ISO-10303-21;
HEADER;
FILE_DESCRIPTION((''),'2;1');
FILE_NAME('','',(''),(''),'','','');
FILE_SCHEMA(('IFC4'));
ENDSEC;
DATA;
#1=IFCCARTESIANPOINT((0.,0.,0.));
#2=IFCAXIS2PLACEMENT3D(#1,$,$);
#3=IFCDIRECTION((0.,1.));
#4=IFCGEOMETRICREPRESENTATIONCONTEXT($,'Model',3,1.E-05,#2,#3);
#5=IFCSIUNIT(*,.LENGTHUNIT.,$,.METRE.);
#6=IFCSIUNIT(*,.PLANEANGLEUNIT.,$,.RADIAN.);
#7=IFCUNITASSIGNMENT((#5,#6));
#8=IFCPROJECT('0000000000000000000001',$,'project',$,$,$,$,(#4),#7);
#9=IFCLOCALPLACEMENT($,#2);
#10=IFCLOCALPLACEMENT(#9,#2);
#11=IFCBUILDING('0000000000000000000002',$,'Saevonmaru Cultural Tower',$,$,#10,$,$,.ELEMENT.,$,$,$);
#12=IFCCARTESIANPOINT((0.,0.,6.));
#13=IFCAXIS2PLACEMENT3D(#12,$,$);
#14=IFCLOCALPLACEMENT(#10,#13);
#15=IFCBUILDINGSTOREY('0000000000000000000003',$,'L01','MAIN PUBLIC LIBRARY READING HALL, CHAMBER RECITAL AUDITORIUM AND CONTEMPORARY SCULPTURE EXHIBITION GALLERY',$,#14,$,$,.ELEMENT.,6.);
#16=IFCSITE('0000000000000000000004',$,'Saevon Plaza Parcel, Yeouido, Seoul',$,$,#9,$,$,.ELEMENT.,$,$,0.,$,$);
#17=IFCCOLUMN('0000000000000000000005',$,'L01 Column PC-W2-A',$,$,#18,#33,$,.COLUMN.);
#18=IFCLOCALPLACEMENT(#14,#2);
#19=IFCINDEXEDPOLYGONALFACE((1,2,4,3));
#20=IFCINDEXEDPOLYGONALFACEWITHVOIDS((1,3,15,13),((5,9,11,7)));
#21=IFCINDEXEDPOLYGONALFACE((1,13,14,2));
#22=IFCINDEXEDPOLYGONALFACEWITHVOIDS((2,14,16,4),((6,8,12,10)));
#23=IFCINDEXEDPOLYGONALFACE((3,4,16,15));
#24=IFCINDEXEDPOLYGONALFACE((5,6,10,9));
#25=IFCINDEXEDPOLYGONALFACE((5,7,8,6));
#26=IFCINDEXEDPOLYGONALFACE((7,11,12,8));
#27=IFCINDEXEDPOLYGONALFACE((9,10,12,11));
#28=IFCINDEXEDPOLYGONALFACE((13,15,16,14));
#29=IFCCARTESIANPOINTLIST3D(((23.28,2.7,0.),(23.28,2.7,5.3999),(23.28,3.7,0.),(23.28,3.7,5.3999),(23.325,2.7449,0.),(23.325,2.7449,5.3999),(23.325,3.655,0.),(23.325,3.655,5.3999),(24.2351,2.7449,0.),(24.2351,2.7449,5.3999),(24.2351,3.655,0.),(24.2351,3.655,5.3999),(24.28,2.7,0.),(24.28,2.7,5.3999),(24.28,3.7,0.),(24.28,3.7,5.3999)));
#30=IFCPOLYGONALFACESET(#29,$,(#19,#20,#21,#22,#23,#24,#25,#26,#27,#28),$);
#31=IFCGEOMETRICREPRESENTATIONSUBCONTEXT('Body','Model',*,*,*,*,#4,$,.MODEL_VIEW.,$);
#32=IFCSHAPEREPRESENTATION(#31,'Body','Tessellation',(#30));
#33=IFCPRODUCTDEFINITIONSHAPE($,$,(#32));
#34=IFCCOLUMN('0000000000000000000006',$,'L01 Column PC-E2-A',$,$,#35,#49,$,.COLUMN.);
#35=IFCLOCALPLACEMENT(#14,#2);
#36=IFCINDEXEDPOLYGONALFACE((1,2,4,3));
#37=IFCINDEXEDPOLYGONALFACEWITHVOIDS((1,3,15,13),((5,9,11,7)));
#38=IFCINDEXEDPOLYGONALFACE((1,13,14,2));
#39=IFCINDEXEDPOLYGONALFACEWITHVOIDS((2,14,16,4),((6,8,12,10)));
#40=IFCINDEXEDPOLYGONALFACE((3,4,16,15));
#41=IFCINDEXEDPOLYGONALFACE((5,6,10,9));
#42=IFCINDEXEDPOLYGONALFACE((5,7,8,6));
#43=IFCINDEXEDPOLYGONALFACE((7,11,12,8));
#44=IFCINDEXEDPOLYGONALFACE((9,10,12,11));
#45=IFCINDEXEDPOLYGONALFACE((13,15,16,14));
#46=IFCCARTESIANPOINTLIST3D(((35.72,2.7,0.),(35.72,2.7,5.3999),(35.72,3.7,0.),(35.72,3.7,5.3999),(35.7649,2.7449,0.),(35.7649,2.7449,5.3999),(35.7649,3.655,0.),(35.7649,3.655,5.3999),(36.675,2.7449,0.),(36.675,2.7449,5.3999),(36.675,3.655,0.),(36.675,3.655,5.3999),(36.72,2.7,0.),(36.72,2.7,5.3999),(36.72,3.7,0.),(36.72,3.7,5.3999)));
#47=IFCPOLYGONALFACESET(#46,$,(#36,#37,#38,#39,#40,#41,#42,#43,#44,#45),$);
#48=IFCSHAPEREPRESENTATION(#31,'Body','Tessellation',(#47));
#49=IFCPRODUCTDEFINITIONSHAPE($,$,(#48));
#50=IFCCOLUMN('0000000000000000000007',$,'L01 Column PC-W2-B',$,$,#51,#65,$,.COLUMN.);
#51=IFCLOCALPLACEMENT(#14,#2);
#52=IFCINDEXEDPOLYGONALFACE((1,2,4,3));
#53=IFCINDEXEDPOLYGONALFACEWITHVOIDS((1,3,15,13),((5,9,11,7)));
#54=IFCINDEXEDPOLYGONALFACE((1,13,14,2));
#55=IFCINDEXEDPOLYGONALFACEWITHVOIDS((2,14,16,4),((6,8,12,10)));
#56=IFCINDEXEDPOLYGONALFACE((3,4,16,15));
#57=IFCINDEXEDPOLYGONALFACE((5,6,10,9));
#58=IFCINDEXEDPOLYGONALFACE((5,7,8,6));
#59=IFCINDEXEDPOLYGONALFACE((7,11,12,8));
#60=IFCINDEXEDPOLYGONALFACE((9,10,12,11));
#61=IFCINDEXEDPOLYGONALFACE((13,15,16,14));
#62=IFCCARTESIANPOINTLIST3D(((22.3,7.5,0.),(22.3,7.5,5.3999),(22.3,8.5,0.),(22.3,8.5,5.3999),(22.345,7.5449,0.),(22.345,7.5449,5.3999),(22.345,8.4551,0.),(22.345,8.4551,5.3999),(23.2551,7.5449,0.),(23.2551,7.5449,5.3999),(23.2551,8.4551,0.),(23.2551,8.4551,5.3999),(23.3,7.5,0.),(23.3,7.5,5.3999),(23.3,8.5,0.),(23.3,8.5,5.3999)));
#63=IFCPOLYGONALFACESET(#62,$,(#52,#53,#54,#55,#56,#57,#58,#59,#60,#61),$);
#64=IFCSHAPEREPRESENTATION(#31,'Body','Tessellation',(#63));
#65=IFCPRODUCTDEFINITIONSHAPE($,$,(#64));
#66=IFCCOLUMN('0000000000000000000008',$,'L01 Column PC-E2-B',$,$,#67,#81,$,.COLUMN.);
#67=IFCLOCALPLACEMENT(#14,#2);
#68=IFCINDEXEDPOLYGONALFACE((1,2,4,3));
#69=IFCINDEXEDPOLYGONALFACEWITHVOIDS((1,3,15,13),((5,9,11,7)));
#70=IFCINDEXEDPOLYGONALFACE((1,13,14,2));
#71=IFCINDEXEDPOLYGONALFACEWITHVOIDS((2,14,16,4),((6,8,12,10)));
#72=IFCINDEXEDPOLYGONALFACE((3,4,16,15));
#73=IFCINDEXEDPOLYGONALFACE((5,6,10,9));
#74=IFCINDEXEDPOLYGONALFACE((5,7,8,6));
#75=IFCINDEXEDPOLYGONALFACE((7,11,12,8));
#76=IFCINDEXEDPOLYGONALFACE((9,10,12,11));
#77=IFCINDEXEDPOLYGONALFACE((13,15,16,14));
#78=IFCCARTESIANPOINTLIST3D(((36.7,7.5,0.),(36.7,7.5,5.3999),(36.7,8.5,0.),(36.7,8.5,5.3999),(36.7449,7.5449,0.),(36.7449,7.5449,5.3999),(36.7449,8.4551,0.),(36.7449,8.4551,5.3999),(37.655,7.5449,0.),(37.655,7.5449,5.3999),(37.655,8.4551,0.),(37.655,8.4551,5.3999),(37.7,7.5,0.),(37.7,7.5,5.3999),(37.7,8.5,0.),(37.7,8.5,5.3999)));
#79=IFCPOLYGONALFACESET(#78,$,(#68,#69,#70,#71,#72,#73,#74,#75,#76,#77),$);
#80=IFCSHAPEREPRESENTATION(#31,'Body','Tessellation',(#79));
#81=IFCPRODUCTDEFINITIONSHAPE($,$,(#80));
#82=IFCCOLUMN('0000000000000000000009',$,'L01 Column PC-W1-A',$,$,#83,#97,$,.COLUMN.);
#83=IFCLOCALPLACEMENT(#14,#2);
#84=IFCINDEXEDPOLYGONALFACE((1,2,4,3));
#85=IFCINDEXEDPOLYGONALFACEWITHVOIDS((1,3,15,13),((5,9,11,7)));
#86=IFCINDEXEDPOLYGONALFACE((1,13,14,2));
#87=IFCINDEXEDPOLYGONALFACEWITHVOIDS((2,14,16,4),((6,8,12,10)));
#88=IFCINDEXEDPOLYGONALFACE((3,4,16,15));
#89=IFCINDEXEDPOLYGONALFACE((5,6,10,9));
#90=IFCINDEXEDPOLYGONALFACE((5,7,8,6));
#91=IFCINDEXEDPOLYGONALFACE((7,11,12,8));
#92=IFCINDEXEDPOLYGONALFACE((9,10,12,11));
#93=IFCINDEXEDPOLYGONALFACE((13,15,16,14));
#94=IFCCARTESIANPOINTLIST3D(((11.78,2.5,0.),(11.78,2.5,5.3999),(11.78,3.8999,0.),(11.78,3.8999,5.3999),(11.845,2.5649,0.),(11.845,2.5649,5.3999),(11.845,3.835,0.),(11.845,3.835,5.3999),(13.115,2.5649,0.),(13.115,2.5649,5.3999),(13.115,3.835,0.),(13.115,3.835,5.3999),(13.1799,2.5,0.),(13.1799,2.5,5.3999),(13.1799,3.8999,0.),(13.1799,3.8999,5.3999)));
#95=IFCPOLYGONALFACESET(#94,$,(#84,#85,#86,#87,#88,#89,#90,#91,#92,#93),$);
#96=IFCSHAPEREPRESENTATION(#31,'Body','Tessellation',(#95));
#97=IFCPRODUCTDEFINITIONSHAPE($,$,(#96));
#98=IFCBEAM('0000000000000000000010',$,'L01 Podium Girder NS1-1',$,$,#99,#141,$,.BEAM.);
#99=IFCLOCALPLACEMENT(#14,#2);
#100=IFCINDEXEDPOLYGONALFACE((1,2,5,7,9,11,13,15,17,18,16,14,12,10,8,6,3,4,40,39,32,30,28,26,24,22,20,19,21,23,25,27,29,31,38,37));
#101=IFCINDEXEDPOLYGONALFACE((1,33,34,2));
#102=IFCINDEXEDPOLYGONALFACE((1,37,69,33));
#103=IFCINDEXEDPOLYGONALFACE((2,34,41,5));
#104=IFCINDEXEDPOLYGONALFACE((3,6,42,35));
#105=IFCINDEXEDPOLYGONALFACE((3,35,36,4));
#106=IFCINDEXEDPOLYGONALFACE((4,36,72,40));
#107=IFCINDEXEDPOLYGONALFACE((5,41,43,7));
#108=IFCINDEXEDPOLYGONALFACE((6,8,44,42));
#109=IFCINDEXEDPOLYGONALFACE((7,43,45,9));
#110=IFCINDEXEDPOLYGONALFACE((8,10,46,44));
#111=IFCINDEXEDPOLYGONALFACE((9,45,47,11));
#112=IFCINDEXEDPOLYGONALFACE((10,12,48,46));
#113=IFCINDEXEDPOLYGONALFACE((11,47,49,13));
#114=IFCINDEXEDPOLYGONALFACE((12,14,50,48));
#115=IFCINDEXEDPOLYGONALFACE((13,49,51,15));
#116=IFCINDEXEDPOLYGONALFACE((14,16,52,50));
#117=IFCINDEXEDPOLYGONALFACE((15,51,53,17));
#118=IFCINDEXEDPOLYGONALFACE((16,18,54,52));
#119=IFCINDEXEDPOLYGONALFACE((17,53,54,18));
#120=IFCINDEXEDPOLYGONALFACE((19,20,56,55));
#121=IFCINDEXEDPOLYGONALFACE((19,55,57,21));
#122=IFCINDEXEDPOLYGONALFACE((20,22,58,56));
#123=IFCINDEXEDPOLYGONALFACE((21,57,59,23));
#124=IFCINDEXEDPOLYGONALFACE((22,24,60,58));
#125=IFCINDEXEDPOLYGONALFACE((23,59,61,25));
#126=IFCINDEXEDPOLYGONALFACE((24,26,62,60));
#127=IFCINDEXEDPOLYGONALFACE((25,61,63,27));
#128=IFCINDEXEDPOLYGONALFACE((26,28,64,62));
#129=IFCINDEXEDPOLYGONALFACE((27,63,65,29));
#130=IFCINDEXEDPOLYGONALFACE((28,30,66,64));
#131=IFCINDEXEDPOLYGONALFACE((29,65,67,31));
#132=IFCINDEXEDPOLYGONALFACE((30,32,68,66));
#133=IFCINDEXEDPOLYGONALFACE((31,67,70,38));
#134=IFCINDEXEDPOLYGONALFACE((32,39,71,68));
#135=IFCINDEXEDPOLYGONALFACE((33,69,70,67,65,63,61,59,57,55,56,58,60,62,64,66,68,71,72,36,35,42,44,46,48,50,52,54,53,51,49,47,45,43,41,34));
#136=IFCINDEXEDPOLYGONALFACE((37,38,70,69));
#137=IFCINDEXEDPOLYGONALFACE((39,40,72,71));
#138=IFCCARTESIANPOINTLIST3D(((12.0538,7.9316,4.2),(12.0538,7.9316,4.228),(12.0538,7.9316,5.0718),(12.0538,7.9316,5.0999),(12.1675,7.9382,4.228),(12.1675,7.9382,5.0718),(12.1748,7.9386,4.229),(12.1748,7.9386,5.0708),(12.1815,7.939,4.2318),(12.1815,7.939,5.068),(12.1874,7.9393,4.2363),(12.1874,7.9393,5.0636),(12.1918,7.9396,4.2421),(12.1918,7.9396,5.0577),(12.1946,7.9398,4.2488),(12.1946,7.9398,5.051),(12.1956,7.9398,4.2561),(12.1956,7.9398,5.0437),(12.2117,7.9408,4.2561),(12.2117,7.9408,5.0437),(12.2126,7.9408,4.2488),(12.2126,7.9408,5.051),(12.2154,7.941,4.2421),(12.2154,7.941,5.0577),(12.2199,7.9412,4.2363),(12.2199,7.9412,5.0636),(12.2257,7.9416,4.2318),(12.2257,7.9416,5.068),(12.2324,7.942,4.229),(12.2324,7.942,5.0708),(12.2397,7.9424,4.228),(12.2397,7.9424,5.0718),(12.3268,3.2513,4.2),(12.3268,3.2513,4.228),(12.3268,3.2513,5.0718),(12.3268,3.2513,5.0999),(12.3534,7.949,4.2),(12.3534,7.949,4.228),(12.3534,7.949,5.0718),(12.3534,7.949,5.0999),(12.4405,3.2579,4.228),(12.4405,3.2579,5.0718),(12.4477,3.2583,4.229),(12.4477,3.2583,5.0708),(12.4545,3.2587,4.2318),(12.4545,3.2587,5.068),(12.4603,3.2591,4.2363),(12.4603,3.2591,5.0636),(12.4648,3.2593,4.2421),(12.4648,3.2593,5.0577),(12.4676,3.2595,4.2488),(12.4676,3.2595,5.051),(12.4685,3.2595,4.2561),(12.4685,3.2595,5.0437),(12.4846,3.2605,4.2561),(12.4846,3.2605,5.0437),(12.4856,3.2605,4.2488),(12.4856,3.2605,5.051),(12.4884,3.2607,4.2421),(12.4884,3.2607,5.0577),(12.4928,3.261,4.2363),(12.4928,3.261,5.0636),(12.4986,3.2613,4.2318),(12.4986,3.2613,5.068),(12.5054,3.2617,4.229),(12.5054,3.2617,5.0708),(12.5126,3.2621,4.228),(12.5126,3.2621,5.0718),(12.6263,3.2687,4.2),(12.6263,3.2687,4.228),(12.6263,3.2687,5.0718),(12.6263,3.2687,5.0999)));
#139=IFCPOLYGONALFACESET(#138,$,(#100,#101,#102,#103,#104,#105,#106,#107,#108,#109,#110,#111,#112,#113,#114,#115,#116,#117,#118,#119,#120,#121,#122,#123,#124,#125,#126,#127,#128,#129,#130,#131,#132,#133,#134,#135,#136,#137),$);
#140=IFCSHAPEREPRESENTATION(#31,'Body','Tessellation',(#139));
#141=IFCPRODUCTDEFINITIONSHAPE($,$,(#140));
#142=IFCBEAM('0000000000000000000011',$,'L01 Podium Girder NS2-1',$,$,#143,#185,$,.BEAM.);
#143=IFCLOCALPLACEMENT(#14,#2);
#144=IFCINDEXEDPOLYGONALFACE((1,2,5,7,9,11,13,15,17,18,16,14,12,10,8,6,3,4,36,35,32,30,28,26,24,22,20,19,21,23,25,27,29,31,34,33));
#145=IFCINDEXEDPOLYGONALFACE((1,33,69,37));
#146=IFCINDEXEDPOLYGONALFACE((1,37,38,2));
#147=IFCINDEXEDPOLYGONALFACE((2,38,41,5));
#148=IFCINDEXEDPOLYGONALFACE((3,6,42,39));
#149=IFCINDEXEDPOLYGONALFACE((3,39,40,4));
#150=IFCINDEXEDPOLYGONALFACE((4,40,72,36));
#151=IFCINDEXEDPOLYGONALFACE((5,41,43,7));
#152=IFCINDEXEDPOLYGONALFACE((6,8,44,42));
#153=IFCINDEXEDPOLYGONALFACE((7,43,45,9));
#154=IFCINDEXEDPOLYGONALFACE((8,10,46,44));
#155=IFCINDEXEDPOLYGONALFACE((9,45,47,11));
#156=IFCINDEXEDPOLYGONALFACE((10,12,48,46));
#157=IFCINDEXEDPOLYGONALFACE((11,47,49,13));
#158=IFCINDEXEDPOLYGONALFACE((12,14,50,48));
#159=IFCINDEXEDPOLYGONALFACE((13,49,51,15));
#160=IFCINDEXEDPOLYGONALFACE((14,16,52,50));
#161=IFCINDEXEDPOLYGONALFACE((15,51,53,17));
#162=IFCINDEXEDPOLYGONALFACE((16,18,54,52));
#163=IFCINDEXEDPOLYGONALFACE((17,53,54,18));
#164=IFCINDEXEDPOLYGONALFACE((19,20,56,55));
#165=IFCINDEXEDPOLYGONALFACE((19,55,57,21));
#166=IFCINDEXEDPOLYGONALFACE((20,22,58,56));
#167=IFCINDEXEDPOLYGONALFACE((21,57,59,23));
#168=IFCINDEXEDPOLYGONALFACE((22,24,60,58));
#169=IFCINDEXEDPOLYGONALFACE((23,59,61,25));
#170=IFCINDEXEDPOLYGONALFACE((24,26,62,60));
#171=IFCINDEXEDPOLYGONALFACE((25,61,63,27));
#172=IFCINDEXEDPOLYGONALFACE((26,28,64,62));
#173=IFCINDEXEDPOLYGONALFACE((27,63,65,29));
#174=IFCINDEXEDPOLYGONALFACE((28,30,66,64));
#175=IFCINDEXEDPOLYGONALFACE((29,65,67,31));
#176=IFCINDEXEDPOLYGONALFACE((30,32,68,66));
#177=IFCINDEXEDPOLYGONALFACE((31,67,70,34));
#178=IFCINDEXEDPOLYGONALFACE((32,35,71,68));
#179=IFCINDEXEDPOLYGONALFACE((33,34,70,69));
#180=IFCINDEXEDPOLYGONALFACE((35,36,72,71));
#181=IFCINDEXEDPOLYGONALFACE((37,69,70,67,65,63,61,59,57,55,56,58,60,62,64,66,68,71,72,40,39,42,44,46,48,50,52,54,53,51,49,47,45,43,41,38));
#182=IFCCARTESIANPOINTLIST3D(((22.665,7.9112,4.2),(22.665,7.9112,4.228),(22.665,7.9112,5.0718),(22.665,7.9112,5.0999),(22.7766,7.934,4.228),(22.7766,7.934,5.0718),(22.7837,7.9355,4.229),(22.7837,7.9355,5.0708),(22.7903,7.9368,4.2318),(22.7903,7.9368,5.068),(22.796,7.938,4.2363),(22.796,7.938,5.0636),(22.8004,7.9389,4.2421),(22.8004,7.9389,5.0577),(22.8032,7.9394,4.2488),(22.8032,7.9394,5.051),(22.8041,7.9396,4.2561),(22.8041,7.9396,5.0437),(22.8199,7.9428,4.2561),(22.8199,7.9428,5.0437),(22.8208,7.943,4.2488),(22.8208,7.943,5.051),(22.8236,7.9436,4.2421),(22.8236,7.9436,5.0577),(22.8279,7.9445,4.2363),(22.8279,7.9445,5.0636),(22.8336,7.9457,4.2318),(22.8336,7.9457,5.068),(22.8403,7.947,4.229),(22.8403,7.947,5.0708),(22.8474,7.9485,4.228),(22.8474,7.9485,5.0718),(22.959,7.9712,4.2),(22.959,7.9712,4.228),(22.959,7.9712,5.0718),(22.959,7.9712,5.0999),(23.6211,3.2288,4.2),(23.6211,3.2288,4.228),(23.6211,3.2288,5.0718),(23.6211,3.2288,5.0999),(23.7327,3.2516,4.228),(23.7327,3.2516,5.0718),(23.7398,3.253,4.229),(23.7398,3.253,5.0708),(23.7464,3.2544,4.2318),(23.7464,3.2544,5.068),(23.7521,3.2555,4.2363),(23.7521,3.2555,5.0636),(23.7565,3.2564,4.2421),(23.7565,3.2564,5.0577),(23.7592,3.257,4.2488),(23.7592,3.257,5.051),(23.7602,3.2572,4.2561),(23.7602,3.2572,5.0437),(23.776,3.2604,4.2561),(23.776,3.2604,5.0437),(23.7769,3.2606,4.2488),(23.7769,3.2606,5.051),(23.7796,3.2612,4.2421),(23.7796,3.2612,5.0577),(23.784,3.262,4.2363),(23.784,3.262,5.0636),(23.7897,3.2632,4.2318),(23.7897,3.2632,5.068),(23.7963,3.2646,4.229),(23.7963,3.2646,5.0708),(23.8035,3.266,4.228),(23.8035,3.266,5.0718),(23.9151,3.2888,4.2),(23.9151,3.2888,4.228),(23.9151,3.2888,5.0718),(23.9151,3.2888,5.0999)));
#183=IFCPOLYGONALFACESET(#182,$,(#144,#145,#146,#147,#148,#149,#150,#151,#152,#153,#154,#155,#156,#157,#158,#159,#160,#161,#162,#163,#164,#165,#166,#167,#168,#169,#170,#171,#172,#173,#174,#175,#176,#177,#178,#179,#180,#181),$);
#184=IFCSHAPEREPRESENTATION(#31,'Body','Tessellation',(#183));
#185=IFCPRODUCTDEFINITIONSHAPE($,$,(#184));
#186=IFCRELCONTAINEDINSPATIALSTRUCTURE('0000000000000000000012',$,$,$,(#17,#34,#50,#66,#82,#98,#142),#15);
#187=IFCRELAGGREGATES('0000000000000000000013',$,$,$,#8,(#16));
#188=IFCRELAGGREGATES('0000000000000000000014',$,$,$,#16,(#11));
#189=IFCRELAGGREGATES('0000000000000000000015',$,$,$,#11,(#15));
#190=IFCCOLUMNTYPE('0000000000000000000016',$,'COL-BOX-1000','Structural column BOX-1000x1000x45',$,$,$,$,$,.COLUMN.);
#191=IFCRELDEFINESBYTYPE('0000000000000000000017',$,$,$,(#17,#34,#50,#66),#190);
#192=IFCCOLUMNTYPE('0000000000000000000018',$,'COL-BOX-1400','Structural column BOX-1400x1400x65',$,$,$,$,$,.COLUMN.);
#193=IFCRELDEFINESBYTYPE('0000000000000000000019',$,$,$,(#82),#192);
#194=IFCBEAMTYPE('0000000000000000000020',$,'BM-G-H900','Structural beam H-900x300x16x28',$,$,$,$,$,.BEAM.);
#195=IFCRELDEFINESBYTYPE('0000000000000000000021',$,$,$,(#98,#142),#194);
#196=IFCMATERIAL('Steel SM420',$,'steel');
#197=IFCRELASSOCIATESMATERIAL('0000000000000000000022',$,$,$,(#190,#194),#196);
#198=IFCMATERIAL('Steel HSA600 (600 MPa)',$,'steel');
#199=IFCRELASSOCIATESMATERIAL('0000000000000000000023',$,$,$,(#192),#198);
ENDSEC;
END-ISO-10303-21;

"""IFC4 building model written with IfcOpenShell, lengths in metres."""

from ifc_helpers import new_model, si_unit, direction, frame, origin, origin_2d, place, context, subcontext, project, spatial, hollow_rectangle, i_section, extrude, material, material_profile, profile_set, type_object, element, save


model = new_model("IFC4")

# Units and contexts
model_context = context("Model", 3, precision=1e-05, world=origin(), true_north=direction((0.0, 1.0)))
body_context = subcontext(model_context, "Body", "Model", "MODEL_VIEW")
ifc_project = project(units=[si_unit("LENGTHUNIT", "METRE"), si_unit("PLANEANGLEUNIT", "RADIAN")], contexts=[model_context])

# Site, building, storey
site_placement = place(None, origin())
site = spatial("IfcSite", under=ifc_project, at=site_placement, Name="Saevon Plaza Parcel, Yeouido, Seoul", CompositionType="ELEMENT", RefElevation=0.0)
building_placement = place(site_placement, origin())
building = spatial("IfcBuilding", under=site, at=building_placement, Name="Saevonmaru Cultural Tower", CompositionType="ELEMENT")
storey_placement = place(building_placement, frame((0.0, 0.0, 6.0)))
storey = spatial("IfcBuildingStorey", under=building, at=storey_placement, Name="L01", Description="MAIN PUBLIC LIBRARY READING HALL, CHAMBER RECITAL AUDITORIUM AND CONTEMPORARY SCULPTURE EXHIBITION GALLERY", CompositionType="ELEMENT", Elevation=6.0)

# Columns
ifc_material_1 = material(Name="Steel SM420", Category="steel")
ifc_material_profile_1 = material_profile(ifc_material_1, hollow_rectangle(XDim=1.0, YDim=1.0, WallThickness=0.0449, at=origin_2d()), Name="BOX-1000x1000x45")
ifc_profile_set_1 = profile_set([ifc_material_profile_1], Name="Steel SM420")
column_type_1 = type_object("IfcColumnType", Name="COL-BOX-1000", Description="Structural column BOX-1000x1000x45", PredefinedType="COLUMN", material=ifc_profile_set_1)
for number, where, z_axis, x_axis, name in (
    (1, (23.78, 3.2, 0.0), (0.0, 0.0, 1.0), (1.0, 0.0, 0.0), "L01 Column PC-W2-A"),
    (2, (36.22, 3.2, 0.0), (0.0, 0.0, 1.0), (1.0, 0.0, 0.0), "L01 Column PC-E2-A"),
    (3, (22.8, 8.0, 0.0), (0.0, 0.0, 1.0), (1.0, 0.0, 0.0), "L01 Column PC-W2-B"),
    (4, (37.2, 8.0, 0.0), (0.0, 0.0, 1.0), (1.0, 0.0, 0.0), "L01 Column PC-E2-B"),
):
    element("IfcColumn", number, at=place(storey_placement, frame(where, z_axis=z_axis, x_axis=x_axis)), inside=storey, type_object=column_type_1, Name=name, PredefinedType="COLUMN", context=body_context, shape_type="SweptSolid", body=[
        extrude(hollow_rectangle(XDim=1.0, YDim=1.0, WallThickness=0.0449, at=origin_2d()), origin(), (0.0, 0.0, 1.0), 5.3999),
    ])
ifc_material_2 = material(Name="Steel HSA600 (600 MPa)", Category="steel")
ifc_material_profile_2 = material_profile(ifc_material_2, hollow_rectangle(XDim=1.3999, YDim=1.3999, WallThickness=0.0649, at=origin_2d()), Name="BOX-1400x1400x65")
ifc_profile_set_2 = profile_set([ifc_material_profile_2], Name="Steel HSA600 (600 MPa)")
column_type_2 = type_object("IfcColumnType", Name="COL-BOX-1400", Description="Structural column BOX-1400x1400x65", PredefinedType="COLUMN", material=ifc_profile_set_2)
column_placement = place(storey_placement, frame((12.48, 3.2, 0.0), z_axis=(0.0, 0.0, 1.0), x_axis=(1.0, 0.0, 0.0)))
element("IfcColumn", 5, at=column_placement, inside=storey, type_object=column_type_2, Name="L01 Column PC-W1-A", PredefinedType="COLUMN", context=body_context, shape_type="SweptSolid", body=[
    extrude(hollow_rectangle(XDim=1.3999, YDim=1.3999, WallThickness=0.0649, at=origin_2d()), origin(), (0.0, 0.0, 1.0), 5.3999),
])

# Beams
ifc_material_profile_3 = material_profile(ifc_material_1, i_section(OverallWidth=0.3, OverallDepth=0.8999, WebThickness=0.0161, FlangeThickness=0.0281, FilletRadius=0.0281, at=origin_2d()), Name="H-900x300x16x28")
ifc_profile_set_3 = profile_set([ifc_material_profile_3], Name="Steel SM420")
beam_type_1 = type_object("IfcBeamType", Name="BM-G-H900", Description="Structural beam H-900x300x16x28", PredefinedType="BEAM", material=ifc_profile_set_3)
beam_1_placement = place(storey_placement, frame((12.4766, 3.26, 4.6499), z_axis=(-0.058221, 0.998304, 0.0), x_axis=(-0.998304, -0.058221, 0.0)))
element("IfcBeam", 6, at=beam_1_placement, inside=storey, type_object=beam_type_1, Name="L01 Podium Girder NS1-1", PredefinedType="BEAM", context=body_context, shape_type="SweptSolid", body=[
    extrude(i_section(OverallWidth=0.3, OverallDepth=0.8999, WebThickness=0.0161, FlangeThickness=0.0281, FilletRadius=0.0281, at=origin_2d()), origin(), (0.0, 0.0, 1.0), 4.6882),
])
beam_2_placement = place(storey_placement, frame((23.7681, 3.2588, 4.6499), z_axis=(-0.200054, 0.979785, 0.0), x_axis=(-0.979785, -0.200054, 0.0)))
element("IfcBeam", 7, at=beam_2_placement, inside=storey, type_object=beam_type_1, Name="L01 Podium Girder NS2-1", PredefinedType="BEAM", context=body_context, shape_type="SweptSolid", body=[
    extrude(i_section(OverallWidth=0.3, OverallDepth=0.8999, WebThickness=0.0161, FlangeThickness=0.0281, FilletRadius=0.0281, at=origin_2d()), origin(), (0.0, 0.0, 1.0), 4.7791),
])

save(model, "model.ifc")
